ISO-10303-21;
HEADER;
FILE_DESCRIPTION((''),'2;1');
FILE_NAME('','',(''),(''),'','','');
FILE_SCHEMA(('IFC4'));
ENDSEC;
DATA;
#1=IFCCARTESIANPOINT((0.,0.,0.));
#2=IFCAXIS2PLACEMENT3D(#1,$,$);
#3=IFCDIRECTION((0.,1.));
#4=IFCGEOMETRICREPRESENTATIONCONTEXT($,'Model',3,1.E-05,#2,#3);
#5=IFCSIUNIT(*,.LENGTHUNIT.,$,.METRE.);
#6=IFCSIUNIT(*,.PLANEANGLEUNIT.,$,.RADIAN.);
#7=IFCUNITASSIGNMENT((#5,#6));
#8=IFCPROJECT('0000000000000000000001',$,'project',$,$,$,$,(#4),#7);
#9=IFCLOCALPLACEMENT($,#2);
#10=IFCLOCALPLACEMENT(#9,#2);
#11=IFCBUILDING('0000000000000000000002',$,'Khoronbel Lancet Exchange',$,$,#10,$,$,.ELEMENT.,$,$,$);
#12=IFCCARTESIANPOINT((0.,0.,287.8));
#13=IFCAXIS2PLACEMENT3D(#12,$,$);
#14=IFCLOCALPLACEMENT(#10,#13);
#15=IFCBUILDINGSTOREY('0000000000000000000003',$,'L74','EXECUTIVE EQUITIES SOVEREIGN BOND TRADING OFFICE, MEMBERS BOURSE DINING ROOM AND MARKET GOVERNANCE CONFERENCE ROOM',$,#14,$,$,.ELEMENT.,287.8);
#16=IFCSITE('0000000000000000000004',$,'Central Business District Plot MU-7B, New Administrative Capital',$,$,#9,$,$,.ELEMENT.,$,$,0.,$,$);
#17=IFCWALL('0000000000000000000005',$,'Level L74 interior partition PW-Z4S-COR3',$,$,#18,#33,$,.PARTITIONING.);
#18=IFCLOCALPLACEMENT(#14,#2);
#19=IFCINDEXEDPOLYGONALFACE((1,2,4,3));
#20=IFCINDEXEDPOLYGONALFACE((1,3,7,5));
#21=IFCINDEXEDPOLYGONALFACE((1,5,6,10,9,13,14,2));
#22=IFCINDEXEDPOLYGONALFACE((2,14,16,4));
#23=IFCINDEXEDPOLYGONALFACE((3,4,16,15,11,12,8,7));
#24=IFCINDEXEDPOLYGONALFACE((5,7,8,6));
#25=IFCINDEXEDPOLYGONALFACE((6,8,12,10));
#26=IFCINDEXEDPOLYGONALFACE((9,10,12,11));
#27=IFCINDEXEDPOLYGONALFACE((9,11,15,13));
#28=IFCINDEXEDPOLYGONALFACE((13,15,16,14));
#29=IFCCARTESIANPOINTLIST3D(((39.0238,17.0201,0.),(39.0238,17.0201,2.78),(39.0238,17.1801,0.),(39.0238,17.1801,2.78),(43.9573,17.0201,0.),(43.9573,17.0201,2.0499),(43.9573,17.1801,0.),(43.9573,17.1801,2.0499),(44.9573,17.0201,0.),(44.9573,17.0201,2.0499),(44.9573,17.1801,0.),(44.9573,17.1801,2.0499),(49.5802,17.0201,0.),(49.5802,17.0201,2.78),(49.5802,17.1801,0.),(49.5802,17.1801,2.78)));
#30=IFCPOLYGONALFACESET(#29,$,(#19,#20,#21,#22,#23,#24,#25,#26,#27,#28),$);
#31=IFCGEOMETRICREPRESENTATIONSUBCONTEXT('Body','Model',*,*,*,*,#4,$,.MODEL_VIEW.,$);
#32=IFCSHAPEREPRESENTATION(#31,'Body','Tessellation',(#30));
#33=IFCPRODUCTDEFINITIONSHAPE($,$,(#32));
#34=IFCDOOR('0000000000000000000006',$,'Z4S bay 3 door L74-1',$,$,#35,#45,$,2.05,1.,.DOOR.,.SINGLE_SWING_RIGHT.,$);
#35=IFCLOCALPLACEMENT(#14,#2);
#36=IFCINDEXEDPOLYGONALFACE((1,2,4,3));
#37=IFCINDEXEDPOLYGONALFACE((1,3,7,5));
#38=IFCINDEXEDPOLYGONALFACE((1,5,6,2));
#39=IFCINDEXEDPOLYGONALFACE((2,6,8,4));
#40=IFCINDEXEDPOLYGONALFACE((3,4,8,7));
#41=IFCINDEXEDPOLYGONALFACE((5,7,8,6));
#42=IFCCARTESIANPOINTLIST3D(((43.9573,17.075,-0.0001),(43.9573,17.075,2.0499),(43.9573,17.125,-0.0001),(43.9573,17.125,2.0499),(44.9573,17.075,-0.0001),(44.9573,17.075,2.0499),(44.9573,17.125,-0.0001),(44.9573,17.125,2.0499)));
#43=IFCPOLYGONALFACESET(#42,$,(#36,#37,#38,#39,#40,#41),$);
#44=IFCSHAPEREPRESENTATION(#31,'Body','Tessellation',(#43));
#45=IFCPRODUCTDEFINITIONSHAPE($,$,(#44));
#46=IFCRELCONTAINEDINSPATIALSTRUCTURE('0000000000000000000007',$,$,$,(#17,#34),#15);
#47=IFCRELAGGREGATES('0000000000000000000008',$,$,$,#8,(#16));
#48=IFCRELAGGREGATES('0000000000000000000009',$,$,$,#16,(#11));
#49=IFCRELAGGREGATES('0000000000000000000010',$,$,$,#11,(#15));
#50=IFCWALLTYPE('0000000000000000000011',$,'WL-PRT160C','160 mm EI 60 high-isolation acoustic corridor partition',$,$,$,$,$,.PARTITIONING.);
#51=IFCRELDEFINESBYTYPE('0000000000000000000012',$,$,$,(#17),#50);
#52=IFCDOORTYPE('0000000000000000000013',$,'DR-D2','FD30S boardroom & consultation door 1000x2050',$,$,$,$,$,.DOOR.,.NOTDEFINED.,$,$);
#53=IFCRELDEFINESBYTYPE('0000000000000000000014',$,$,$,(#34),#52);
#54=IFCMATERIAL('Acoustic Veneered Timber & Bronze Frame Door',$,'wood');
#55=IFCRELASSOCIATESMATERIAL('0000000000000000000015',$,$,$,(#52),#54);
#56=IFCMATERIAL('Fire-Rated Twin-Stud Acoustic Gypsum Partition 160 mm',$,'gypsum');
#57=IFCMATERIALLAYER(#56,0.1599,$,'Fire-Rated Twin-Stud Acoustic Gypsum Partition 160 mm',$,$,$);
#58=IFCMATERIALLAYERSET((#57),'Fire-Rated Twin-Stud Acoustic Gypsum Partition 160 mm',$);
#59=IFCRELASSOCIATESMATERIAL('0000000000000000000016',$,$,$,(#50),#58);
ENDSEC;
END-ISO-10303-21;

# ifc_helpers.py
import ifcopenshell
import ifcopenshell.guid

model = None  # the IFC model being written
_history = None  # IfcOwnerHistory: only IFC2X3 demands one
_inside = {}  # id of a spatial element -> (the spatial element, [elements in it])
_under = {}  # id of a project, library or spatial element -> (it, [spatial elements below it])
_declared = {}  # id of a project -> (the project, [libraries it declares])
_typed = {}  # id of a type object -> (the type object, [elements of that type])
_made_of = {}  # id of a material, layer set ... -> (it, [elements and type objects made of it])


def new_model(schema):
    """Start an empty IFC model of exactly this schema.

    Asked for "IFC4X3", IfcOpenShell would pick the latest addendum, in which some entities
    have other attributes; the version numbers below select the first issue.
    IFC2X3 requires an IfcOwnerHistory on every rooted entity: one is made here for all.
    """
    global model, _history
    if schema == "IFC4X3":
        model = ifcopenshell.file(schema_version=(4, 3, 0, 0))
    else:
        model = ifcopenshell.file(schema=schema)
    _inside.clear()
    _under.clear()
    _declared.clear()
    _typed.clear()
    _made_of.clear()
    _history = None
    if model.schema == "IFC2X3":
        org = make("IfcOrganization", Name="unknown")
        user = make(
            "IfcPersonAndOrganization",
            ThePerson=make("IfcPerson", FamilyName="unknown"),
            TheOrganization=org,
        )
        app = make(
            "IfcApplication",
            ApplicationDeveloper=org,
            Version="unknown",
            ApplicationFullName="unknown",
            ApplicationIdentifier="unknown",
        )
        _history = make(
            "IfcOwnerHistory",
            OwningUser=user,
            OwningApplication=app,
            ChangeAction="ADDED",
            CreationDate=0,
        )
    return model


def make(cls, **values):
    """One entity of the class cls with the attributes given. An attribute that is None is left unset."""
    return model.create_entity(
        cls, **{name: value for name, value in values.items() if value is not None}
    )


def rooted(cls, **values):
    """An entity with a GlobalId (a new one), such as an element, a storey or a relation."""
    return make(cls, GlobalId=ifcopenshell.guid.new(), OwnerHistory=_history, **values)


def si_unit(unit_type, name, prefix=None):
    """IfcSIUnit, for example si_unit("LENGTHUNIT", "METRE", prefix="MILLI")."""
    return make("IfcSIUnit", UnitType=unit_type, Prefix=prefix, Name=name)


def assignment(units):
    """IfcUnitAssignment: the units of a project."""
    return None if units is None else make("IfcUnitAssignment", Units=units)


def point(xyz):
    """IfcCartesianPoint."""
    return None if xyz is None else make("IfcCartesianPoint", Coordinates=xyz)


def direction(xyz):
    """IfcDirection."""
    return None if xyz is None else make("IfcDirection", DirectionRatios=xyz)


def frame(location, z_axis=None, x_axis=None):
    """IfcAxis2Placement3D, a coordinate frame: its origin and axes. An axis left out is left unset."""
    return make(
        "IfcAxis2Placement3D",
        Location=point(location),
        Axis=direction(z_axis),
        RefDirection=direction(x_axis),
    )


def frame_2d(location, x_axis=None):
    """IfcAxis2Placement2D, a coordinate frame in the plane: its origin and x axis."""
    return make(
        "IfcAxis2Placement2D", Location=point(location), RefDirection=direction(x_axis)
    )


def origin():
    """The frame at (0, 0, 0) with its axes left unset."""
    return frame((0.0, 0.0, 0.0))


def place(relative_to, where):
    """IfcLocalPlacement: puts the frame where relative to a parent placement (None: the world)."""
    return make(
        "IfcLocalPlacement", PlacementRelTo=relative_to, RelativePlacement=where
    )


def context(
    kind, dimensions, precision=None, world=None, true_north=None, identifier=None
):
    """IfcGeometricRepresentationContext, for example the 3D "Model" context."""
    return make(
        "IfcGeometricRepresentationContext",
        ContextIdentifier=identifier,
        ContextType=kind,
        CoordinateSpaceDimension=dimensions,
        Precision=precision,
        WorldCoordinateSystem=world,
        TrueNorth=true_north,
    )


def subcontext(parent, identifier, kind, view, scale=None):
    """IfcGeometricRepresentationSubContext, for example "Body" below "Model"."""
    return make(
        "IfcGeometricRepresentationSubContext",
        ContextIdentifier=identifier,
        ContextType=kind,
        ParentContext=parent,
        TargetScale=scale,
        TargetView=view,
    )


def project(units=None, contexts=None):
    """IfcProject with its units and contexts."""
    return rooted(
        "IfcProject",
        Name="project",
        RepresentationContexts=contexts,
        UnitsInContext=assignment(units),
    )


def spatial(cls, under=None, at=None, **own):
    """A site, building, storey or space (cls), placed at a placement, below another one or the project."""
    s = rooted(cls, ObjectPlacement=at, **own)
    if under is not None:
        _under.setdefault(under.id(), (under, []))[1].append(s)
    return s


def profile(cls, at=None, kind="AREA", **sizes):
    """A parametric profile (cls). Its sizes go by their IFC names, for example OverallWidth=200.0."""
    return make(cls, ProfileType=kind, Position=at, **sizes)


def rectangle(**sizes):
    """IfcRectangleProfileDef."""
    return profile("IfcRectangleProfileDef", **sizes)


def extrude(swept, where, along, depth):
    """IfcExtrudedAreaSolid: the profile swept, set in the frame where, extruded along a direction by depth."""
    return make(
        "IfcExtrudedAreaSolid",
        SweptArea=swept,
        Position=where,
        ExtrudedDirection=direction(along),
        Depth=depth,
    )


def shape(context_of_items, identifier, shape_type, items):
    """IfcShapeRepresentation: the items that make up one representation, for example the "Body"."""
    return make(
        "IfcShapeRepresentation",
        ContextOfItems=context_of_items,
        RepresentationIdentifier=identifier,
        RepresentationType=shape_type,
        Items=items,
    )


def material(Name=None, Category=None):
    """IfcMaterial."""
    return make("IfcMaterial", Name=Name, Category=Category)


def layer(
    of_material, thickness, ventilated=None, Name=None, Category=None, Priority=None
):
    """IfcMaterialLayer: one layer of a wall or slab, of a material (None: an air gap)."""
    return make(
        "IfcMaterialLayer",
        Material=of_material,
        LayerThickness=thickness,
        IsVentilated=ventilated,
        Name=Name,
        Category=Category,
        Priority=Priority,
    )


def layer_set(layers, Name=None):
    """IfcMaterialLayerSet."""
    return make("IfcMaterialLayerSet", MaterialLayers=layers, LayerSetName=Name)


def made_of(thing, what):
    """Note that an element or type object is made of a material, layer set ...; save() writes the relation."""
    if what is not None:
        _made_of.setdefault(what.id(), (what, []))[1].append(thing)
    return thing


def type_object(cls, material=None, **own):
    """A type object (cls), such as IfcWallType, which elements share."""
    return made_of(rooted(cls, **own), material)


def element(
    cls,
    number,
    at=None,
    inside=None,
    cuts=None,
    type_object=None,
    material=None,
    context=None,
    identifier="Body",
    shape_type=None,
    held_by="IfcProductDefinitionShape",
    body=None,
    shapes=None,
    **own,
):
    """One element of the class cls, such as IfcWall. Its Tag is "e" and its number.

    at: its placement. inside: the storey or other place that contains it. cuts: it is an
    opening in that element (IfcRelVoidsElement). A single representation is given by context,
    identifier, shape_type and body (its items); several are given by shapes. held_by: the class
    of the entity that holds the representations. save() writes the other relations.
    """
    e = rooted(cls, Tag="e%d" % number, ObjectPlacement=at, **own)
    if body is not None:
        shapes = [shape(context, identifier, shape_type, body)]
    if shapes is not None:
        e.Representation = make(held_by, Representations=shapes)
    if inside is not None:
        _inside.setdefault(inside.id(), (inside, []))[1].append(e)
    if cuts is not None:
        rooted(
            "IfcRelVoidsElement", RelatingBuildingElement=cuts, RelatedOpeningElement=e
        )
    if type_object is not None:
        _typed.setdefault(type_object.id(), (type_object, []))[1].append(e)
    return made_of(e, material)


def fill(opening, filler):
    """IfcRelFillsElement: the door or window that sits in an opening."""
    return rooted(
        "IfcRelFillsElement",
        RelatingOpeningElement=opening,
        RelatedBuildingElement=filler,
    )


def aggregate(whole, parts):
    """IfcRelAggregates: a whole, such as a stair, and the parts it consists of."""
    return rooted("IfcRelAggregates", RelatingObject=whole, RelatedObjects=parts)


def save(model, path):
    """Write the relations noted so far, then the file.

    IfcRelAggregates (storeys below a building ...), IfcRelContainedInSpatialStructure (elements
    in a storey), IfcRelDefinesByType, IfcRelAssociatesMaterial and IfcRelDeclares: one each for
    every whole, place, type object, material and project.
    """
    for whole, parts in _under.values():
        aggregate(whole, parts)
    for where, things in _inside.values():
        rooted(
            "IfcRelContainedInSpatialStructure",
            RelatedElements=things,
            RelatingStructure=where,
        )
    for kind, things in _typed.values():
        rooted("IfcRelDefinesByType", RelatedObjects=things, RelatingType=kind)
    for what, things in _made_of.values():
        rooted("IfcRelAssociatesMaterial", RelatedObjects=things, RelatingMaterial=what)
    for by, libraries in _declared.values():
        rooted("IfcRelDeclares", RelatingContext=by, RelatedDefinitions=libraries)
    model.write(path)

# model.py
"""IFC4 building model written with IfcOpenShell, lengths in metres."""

from ifc_helpers import new_model, si_unit, direction, frame, frame_2d, origin, place, context, subcontext, project, spatial, rectangle, extrude, material, layer, layer_set, type_object, element, fill, save


model = new_model("IFC4")

# Units and contexts
model_context = context("Model", 3, precision=1e-05, world=origin(), true_north=direction((0.0, 1.0)))
body_context = subcontext(model_context, "Body", "Model", "MODEL_VIEW")
ifc_project = project(units=[si_unit("LENGTHUNIT", "METRE"), si_unit("PLANEANGLEUNIT", "RADIAN")], contexts=[model_context])

# Site, building, storey
site_placement = place(None, origin())
site = spatial("IfcSite", under=ifc_project, at=site_placement, Name="Central Business District Plot MU-7B, New Administrative Capital", CompositionType="ELEMENT", RefElevation=0.0)
building_placement = place(site_placement, origin())
building = spatial("IfcBuilding", under=site, at=building_placement, Name="Khoronbel Lancet Exchange", CompositionType="ELEMENT")
storey_placement = place(building_placement, frame((0.0, 0.0, 287.8)))
storey = spatial("IfcBuildingStorey", under=building, at=storey_placement, Name="L74", Description="EXECUTIVE EQUITIES SOVEREIGN BOND TRADING OFFICE, MEMBERS BOURSE DINING ROOM AND MARKET GOVERNANCE CONFERENCE ROOM", CompositionType="ELEMENT", Elevation=287.8)

# Shared definitions
ifc_material_1 = material(Name="Acoustic Veneered Timber & Bronze Frame Door", Category="wood")
door_type_1 = type_object("IfcDoorType", Name="DR-D2", Description="FD30S boardroom & consultation door 1000x2050", OperationType="NOTDEFINED", PredefinedType="DOOR", material=ifc_material_1)

# Wall, opening, door
ifc_material_2 = material(Name="Fire-Rated Twin-Stud Acoustic Gypsum Partition 160 mm", Category="gypsum")
ifc_layer_1 = layer(ifc_material_2, 0.1599, Name="Fire-Rated Twin-Stud Acoustic Gypsum Partition 160 mm")
ifc_layer_set_1 = layer_set([ifc_layer_1], Name="Fire-Rated Twin-Stud Acoustic Gypsum Partition 160 mm")
wall_type_1 = type_object("IfcWallType", Name="WL-PRT160C", Description="160 mm EI 60 high-isolation acoustic corridor partition", PredefinedType="PARTITIONING", material=ifc_layer_set_1)
wall_1_placement = place(storey_placement, frame((39.0237, 17.1001, 0.0), z_axis=(0.0, 0.0, 1.0), x_axis=(1.0, 0.0, 0.0)))
wall_1 = element("IfcWall", 1, at=wall_1_placement, inside=storey, type_object=wall_type_1, Name="Level L74 interior partition PW-Z4S-COR3", PredefinedType="PARTITIONING", context=body_context, shape_type="SweptSolid", body=[
    extrude(rectangle(XDim=10.5564, YDim=0.1599, at=frame_2d((5.2783, 0.0))), origin(), (0.0, 0.0, 1.0), 2.78),
])
opening_1_placement = place(wall_1_placement, frame((4.9336, 0.0, 0.0)))
opening_1 = element("IfcOpeningElement", 2, at=opening_1_placement, cuts=wall_1, PredefinedType="OPENING", context=body_context, shape_type="SweptSolid", body=[
    extrude(rectangle(XDim=1.0, YDim=2.05, at=frame_2d((0.5, 1.0249))), frame((0.0, 0.0898, 0.0), z_axis=(0.0, -1.0, 0.0), x_axis=(1.0, 0.0, 0.0)), (0.0, 0.0, 1.0), 0.1799),
])
door_1_placement = place(opening_1_placement, origin())
door_1 = element("IfcDoor", 3, at=door_1_placement, inside=storey, type_object=door_type_1, Name="Z4S bay 3 door L74-1", OperationType="SINGLE_SWING_RIGHT", OverallHeight=2.05, OverallWidth=1.0, PredefinedType="DOOR", context=body_context, shape_type="SweptSolid", body=[
    extrude(rectangle(XDim=1.0, YDim=2.05, at=frame_2d((0.5, 1.0249))), frame((0.0, 0.0249, 0.0), z_axis=(0.0, -1.0, 0.0), x_axis=(1.0, 0.0, 0.0)), (0.0, 0.0, 1.0), 0.05),
])
fill(opening_1, door_1)

save(model, "model.ifc")
